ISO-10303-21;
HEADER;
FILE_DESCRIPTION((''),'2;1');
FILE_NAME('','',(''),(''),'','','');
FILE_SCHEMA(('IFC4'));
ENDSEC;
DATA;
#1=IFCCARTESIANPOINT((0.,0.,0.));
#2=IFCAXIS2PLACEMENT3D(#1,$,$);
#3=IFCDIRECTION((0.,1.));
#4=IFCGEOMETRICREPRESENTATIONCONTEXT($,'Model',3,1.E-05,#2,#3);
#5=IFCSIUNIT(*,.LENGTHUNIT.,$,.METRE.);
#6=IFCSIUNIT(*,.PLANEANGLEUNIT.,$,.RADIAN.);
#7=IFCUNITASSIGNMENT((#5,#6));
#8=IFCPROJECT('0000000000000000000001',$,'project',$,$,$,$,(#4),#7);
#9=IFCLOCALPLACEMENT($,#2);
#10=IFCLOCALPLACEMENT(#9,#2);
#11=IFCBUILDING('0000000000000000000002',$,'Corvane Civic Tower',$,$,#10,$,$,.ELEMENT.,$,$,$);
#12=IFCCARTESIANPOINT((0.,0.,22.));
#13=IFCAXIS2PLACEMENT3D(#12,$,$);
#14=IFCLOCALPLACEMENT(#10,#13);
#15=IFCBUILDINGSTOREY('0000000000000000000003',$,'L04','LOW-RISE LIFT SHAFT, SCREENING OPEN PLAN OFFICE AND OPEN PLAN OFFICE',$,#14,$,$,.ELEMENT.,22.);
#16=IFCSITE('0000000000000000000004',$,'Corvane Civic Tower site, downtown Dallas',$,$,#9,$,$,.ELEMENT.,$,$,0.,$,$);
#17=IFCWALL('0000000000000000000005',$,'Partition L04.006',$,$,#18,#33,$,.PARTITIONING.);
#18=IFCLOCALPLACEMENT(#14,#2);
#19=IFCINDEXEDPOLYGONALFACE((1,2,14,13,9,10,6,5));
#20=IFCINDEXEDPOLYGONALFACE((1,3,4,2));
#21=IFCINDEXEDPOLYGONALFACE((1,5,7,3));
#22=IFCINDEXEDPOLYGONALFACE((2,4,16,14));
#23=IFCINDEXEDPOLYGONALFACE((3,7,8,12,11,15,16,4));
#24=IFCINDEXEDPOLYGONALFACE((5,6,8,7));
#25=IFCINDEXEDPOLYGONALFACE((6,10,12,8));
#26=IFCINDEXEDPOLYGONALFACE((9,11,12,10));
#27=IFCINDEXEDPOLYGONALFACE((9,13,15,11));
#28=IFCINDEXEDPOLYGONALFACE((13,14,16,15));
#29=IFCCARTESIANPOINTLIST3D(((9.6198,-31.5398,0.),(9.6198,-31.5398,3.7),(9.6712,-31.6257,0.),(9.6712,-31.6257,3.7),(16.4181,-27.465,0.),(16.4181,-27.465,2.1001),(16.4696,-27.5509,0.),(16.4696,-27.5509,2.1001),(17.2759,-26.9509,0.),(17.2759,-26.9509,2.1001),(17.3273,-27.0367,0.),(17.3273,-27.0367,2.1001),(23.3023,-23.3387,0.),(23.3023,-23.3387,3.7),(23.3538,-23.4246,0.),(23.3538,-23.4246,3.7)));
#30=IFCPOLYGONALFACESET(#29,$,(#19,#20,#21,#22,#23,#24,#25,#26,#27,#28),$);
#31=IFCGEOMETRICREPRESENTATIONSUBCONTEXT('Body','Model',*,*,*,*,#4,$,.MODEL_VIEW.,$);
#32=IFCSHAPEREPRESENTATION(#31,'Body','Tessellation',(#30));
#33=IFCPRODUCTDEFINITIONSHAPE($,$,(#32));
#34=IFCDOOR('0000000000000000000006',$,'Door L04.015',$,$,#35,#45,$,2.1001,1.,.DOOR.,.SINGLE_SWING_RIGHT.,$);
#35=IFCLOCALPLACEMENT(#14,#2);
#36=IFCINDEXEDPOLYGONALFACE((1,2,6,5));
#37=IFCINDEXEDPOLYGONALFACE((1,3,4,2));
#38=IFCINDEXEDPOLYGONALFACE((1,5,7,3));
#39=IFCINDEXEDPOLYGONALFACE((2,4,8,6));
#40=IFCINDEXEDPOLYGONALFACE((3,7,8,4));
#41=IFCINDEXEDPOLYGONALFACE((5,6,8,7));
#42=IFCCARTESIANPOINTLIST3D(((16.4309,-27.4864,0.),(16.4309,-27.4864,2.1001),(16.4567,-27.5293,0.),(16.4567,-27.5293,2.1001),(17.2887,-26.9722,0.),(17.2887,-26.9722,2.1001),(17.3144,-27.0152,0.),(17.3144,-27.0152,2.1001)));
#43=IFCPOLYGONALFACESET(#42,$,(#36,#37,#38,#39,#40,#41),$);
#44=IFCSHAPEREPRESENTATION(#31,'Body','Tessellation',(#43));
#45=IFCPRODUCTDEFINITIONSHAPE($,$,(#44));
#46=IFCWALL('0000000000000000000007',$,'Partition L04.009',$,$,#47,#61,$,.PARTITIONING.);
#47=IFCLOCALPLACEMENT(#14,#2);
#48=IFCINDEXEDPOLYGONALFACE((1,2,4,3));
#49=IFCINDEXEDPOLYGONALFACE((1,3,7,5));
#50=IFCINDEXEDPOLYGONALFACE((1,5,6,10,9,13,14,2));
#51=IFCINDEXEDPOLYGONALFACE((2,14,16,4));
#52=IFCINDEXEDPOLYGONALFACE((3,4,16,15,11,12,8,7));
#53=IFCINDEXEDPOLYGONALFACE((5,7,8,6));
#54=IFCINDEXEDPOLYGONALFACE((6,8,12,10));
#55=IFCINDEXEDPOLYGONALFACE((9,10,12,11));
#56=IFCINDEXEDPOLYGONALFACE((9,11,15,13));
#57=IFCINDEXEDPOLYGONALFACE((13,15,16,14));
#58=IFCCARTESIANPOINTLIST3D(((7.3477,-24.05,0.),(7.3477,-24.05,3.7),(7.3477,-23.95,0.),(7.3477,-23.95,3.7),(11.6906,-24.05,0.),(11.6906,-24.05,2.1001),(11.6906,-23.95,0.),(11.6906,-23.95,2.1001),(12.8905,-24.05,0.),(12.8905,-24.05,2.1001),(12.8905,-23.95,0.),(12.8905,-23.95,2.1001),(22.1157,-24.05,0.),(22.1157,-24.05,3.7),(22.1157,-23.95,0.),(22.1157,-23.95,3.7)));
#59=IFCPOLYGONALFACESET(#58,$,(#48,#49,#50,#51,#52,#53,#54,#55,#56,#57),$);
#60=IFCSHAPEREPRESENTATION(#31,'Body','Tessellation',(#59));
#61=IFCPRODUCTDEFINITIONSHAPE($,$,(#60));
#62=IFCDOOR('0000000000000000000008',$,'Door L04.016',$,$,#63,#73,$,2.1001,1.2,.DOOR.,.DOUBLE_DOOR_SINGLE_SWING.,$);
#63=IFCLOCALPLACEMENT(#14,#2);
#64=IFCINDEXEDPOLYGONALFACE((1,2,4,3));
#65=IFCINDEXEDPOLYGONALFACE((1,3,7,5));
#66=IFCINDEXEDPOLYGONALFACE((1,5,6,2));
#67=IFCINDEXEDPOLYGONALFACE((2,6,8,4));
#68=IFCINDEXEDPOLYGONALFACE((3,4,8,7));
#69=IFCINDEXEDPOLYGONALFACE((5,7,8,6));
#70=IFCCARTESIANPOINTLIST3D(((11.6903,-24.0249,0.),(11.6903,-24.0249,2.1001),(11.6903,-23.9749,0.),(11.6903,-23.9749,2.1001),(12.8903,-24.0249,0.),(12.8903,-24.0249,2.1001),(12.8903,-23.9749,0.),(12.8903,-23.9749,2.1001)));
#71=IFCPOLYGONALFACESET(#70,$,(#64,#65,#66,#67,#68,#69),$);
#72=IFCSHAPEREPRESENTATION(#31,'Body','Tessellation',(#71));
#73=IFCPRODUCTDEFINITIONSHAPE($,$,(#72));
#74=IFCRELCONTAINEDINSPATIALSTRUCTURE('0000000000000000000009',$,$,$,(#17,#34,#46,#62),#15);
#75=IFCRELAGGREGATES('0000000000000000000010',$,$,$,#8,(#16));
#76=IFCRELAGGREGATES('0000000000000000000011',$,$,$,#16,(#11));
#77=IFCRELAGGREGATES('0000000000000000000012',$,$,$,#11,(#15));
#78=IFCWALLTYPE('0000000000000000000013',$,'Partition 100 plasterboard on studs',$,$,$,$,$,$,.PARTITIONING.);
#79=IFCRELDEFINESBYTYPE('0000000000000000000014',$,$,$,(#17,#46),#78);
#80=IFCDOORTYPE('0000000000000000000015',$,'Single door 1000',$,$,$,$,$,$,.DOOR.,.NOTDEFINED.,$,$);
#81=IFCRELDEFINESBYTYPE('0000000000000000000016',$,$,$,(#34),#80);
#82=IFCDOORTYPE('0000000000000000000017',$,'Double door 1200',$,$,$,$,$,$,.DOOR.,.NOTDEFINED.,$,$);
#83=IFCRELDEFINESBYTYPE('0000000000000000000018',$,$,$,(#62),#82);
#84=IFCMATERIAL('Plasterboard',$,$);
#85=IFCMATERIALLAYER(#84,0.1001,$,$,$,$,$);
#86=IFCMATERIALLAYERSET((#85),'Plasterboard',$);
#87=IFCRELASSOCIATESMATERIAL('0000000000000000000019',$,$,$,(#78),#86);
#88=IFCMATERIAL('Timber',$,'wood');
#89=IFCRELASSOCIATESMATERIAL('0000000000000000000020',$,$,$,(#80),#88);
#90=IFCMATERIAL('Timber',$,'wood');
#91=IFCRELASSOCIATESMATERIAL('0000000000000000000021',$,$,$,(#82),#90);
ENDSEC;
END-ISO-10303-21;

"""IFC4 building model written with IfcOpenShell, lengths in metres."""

from ifc_helpers import new_model, si_unit, direction, frame, frame_2d, origin, place, context, subcontext, project, spatial, rectangle, extrude, material, layer, layer_set, type_object, element, fill, save


model = new_model("IFC4")

# Units and contexts
model_context = context("Model", 3, precision=1e-05, world=origin(), true_north=direction((0.0, 1.0)))
body_context = subcontext(model_context, "Body", "Model", "MODEL_VIEW")
ifc_project = project(units=[si_unit("LENGTHUNIT", "METRE"), si_unit("PLANEANGLEUNIT", "RADIAN")], contexts=[model_context])

# Site, building, storey
site_placement = place(None, origin())
site = spatial("IfcSite", under=ifc_project, at=site_placement, Name="Corvane Civic Tower site, downtown Dallas", CompositionType="ELEMENT", RefElevation=0.0)
building_placement = place(site_placement, origin())
building = spatial("IfcBuilding", under=site, at=building_placement, Name="Corvane Civic Tower", CompositionType="ELEMENT")
storey_placement = place(building_placement, frame((0.0, 0.0, 22.0)))
storey = spatial("IfcBuildingStorey", under=building, at=storey_placement, Name="L04", Description="LOW-RISE LIFT SHAFT, SCREENING OPEN PLAN OFFICE AND OPEN PLAN OFFICE", CompositionType="ELEMENT", Elevation=22.0)

# Walls, openings, doors
ifc_material_1 = material(Name="Plasterboard")
ifc_layer_1 = layer(ifc_material_1, 0.1001)
ifc_layer_set_1 = layer_set([ifc_layer_1], Name="Plasterboard")
wall_type = type_object("IfcWallType", Name="Partition 100 plasterboard on studs", PredefinedType="PARTITIONING", material=ifc_layer_set_1)
wall_1_placement = place(storey_placement, frame((9.6455, -31.5828, 0.0), z_axis=(0.0, 0.0, 1.0), x_axis=(0.857725, 0.514109, 0.0)))
wall_1 = element("IfcWall", 1, at=wall_1_placement, inside=storey, type_object=wall_type, Name="Partition L04.006", PredefinedType="PARTITIONING", context=body_context, shape_type="SweptSolid", body=[
    extrude(rectangle(XDim=15.9521, YDim=0.1001, at=frame_2d((7.9761, 0.0))), origin(), (0.0, 0.0, 1.0), 3.7),
])
opening_1_placement = place(wall_1_placement, frame((7.926, 0.0, 0.0)))
opening_1 = element("IfcOpeningElement", 2, at=opening_1_placement, cuts=wall_1, PredefinedType="OPENING", context=body_context, shape_type="SweptSolid", body=[
    extrude(rectangle(XDim=1.0, YDim=2.1001, at=frame_2d((0.5, 1.05))), frame((0.0, 0.0601, 0.0), z_axis=(0.0, -1.0, 0.0), x_axis=(1.0, 0.0, 0.0)), (0.0, 0.0, 1.0), 0.1201),
])
ifc_material_2 = material(Name="Timber", Category="wood")
door_type_1 = type_object("IfcDoorType", Name="Single door 1000", OperationType="NOTDEFINED", PredefinedType="DOOR", material=ifc_material_2)
door_1_placement = place(opening_1_placement, frame((1.0, 0.0, 0.0), z_axis=(0.0, 0.0, 1.0), x_axis=(-1.0, 0.0, 0.0)))
door_1 = element("IfcDoor", 3, at=door_1_placement, inside=storey, type_object=door_type_1, Name="Door L04.015", OperationType="SINGLE_SWING_RIGHT", OverallHeight=2.1001, OverallWidth=1.0, PredefinedType="DOOR", context=body_context, shape_type="SweptSolid", body=[
    extrude(rectangle(XDim=1.0, YDim=2.1001, at=frame_2d((0.5, 1.05))), frame((0.0, 0.0249, 0.0), z_axis=(0.0, -1.0, 0.0), x_axis=(1.0, 0.0, 0.0)), (0.0, 0.0, 1.0), 0.05),
])
fill(opening_1, door_1)
wall_2_placement = place(storey_placement, frame((7.3477, -24.0, 0.0), z_axis=(0.0, 0.0, 1.0), x_axis=(1.0, 0.0, 0.0)))
wall_2 = element("IfcWall", 4, at=wall_2_placement, inside=storey, type_object=wall_type, Name="Partition L04.009", PredefinedType="PARTITIONING", context=body_context, shape_type="SweptSolid", body=[
    extrude(rectangle(XDim=14.7681, YDim=0.1001, at=frame_2d((7.384, 0.0))), origin(), (0.0, 0.0, 1.0), 3.7),
])
opening_2_placement = place(wall_2_placement, frame((4.3428, 0.0, 0.0)))
opening_2 = element("IfcOpeningElement", 5, at=opening_2_placement, cuts=wall_2, PredefinedType="OPENING", context=body_context, shape_type="SweptSolid", body=[
    extrude(rectangle(XDim=1.2, YDim=2.1001, at=frame_2d((0.6001, 1.05))), frame((0.0, 0.0601, 0.0), z_axis=(0.0, -1.0, 0.0), x_axis=(1.0, 0.0, 0.0)), (0.0, 0.0, 1.0), 0.1201),
])
ifc_material_3 = material(Name="Timber", Category="wood")
door_type_2 = type_object("IfcDoorType", Name="Double door 1200", OperationType="NOTDEFINED", PredefinedType="DOOR", material=ifc_material_3)
door_2_placement = place(opening_2_placement, frame((1.2, 0.0, 0.0), z_axis=(0.0, 0.0, 1.0), x_axis=(-1.0, 0.0, 0.0)))
door_2 = element("IfcDoor", 6, at=door_2_placement, inside=storey, type_object=door_type_2, Name="Door L04.016", OperationType="DOUBLE_DOOR_SINGLE_SWING", OverallHeight=2.1001, OverallWidth=1.2, PredefinedType="DOOR", context=body_context, shape_type="SweptSolid", body=[
    extrude(rectangle(XDim=1.2, YDim=2.1001, at=frame_2d((0.6001, 1.05))), frame((0.0, 0.0249, 0.0), z_axis=(0.0, -1.0, 0.0), x_axis=(1.0, 0.0, 0.0)), (0.0, 0.0, 1.0), 0.05),
])
fill(opening_2, door_2)

save(model, "model.ifc")
